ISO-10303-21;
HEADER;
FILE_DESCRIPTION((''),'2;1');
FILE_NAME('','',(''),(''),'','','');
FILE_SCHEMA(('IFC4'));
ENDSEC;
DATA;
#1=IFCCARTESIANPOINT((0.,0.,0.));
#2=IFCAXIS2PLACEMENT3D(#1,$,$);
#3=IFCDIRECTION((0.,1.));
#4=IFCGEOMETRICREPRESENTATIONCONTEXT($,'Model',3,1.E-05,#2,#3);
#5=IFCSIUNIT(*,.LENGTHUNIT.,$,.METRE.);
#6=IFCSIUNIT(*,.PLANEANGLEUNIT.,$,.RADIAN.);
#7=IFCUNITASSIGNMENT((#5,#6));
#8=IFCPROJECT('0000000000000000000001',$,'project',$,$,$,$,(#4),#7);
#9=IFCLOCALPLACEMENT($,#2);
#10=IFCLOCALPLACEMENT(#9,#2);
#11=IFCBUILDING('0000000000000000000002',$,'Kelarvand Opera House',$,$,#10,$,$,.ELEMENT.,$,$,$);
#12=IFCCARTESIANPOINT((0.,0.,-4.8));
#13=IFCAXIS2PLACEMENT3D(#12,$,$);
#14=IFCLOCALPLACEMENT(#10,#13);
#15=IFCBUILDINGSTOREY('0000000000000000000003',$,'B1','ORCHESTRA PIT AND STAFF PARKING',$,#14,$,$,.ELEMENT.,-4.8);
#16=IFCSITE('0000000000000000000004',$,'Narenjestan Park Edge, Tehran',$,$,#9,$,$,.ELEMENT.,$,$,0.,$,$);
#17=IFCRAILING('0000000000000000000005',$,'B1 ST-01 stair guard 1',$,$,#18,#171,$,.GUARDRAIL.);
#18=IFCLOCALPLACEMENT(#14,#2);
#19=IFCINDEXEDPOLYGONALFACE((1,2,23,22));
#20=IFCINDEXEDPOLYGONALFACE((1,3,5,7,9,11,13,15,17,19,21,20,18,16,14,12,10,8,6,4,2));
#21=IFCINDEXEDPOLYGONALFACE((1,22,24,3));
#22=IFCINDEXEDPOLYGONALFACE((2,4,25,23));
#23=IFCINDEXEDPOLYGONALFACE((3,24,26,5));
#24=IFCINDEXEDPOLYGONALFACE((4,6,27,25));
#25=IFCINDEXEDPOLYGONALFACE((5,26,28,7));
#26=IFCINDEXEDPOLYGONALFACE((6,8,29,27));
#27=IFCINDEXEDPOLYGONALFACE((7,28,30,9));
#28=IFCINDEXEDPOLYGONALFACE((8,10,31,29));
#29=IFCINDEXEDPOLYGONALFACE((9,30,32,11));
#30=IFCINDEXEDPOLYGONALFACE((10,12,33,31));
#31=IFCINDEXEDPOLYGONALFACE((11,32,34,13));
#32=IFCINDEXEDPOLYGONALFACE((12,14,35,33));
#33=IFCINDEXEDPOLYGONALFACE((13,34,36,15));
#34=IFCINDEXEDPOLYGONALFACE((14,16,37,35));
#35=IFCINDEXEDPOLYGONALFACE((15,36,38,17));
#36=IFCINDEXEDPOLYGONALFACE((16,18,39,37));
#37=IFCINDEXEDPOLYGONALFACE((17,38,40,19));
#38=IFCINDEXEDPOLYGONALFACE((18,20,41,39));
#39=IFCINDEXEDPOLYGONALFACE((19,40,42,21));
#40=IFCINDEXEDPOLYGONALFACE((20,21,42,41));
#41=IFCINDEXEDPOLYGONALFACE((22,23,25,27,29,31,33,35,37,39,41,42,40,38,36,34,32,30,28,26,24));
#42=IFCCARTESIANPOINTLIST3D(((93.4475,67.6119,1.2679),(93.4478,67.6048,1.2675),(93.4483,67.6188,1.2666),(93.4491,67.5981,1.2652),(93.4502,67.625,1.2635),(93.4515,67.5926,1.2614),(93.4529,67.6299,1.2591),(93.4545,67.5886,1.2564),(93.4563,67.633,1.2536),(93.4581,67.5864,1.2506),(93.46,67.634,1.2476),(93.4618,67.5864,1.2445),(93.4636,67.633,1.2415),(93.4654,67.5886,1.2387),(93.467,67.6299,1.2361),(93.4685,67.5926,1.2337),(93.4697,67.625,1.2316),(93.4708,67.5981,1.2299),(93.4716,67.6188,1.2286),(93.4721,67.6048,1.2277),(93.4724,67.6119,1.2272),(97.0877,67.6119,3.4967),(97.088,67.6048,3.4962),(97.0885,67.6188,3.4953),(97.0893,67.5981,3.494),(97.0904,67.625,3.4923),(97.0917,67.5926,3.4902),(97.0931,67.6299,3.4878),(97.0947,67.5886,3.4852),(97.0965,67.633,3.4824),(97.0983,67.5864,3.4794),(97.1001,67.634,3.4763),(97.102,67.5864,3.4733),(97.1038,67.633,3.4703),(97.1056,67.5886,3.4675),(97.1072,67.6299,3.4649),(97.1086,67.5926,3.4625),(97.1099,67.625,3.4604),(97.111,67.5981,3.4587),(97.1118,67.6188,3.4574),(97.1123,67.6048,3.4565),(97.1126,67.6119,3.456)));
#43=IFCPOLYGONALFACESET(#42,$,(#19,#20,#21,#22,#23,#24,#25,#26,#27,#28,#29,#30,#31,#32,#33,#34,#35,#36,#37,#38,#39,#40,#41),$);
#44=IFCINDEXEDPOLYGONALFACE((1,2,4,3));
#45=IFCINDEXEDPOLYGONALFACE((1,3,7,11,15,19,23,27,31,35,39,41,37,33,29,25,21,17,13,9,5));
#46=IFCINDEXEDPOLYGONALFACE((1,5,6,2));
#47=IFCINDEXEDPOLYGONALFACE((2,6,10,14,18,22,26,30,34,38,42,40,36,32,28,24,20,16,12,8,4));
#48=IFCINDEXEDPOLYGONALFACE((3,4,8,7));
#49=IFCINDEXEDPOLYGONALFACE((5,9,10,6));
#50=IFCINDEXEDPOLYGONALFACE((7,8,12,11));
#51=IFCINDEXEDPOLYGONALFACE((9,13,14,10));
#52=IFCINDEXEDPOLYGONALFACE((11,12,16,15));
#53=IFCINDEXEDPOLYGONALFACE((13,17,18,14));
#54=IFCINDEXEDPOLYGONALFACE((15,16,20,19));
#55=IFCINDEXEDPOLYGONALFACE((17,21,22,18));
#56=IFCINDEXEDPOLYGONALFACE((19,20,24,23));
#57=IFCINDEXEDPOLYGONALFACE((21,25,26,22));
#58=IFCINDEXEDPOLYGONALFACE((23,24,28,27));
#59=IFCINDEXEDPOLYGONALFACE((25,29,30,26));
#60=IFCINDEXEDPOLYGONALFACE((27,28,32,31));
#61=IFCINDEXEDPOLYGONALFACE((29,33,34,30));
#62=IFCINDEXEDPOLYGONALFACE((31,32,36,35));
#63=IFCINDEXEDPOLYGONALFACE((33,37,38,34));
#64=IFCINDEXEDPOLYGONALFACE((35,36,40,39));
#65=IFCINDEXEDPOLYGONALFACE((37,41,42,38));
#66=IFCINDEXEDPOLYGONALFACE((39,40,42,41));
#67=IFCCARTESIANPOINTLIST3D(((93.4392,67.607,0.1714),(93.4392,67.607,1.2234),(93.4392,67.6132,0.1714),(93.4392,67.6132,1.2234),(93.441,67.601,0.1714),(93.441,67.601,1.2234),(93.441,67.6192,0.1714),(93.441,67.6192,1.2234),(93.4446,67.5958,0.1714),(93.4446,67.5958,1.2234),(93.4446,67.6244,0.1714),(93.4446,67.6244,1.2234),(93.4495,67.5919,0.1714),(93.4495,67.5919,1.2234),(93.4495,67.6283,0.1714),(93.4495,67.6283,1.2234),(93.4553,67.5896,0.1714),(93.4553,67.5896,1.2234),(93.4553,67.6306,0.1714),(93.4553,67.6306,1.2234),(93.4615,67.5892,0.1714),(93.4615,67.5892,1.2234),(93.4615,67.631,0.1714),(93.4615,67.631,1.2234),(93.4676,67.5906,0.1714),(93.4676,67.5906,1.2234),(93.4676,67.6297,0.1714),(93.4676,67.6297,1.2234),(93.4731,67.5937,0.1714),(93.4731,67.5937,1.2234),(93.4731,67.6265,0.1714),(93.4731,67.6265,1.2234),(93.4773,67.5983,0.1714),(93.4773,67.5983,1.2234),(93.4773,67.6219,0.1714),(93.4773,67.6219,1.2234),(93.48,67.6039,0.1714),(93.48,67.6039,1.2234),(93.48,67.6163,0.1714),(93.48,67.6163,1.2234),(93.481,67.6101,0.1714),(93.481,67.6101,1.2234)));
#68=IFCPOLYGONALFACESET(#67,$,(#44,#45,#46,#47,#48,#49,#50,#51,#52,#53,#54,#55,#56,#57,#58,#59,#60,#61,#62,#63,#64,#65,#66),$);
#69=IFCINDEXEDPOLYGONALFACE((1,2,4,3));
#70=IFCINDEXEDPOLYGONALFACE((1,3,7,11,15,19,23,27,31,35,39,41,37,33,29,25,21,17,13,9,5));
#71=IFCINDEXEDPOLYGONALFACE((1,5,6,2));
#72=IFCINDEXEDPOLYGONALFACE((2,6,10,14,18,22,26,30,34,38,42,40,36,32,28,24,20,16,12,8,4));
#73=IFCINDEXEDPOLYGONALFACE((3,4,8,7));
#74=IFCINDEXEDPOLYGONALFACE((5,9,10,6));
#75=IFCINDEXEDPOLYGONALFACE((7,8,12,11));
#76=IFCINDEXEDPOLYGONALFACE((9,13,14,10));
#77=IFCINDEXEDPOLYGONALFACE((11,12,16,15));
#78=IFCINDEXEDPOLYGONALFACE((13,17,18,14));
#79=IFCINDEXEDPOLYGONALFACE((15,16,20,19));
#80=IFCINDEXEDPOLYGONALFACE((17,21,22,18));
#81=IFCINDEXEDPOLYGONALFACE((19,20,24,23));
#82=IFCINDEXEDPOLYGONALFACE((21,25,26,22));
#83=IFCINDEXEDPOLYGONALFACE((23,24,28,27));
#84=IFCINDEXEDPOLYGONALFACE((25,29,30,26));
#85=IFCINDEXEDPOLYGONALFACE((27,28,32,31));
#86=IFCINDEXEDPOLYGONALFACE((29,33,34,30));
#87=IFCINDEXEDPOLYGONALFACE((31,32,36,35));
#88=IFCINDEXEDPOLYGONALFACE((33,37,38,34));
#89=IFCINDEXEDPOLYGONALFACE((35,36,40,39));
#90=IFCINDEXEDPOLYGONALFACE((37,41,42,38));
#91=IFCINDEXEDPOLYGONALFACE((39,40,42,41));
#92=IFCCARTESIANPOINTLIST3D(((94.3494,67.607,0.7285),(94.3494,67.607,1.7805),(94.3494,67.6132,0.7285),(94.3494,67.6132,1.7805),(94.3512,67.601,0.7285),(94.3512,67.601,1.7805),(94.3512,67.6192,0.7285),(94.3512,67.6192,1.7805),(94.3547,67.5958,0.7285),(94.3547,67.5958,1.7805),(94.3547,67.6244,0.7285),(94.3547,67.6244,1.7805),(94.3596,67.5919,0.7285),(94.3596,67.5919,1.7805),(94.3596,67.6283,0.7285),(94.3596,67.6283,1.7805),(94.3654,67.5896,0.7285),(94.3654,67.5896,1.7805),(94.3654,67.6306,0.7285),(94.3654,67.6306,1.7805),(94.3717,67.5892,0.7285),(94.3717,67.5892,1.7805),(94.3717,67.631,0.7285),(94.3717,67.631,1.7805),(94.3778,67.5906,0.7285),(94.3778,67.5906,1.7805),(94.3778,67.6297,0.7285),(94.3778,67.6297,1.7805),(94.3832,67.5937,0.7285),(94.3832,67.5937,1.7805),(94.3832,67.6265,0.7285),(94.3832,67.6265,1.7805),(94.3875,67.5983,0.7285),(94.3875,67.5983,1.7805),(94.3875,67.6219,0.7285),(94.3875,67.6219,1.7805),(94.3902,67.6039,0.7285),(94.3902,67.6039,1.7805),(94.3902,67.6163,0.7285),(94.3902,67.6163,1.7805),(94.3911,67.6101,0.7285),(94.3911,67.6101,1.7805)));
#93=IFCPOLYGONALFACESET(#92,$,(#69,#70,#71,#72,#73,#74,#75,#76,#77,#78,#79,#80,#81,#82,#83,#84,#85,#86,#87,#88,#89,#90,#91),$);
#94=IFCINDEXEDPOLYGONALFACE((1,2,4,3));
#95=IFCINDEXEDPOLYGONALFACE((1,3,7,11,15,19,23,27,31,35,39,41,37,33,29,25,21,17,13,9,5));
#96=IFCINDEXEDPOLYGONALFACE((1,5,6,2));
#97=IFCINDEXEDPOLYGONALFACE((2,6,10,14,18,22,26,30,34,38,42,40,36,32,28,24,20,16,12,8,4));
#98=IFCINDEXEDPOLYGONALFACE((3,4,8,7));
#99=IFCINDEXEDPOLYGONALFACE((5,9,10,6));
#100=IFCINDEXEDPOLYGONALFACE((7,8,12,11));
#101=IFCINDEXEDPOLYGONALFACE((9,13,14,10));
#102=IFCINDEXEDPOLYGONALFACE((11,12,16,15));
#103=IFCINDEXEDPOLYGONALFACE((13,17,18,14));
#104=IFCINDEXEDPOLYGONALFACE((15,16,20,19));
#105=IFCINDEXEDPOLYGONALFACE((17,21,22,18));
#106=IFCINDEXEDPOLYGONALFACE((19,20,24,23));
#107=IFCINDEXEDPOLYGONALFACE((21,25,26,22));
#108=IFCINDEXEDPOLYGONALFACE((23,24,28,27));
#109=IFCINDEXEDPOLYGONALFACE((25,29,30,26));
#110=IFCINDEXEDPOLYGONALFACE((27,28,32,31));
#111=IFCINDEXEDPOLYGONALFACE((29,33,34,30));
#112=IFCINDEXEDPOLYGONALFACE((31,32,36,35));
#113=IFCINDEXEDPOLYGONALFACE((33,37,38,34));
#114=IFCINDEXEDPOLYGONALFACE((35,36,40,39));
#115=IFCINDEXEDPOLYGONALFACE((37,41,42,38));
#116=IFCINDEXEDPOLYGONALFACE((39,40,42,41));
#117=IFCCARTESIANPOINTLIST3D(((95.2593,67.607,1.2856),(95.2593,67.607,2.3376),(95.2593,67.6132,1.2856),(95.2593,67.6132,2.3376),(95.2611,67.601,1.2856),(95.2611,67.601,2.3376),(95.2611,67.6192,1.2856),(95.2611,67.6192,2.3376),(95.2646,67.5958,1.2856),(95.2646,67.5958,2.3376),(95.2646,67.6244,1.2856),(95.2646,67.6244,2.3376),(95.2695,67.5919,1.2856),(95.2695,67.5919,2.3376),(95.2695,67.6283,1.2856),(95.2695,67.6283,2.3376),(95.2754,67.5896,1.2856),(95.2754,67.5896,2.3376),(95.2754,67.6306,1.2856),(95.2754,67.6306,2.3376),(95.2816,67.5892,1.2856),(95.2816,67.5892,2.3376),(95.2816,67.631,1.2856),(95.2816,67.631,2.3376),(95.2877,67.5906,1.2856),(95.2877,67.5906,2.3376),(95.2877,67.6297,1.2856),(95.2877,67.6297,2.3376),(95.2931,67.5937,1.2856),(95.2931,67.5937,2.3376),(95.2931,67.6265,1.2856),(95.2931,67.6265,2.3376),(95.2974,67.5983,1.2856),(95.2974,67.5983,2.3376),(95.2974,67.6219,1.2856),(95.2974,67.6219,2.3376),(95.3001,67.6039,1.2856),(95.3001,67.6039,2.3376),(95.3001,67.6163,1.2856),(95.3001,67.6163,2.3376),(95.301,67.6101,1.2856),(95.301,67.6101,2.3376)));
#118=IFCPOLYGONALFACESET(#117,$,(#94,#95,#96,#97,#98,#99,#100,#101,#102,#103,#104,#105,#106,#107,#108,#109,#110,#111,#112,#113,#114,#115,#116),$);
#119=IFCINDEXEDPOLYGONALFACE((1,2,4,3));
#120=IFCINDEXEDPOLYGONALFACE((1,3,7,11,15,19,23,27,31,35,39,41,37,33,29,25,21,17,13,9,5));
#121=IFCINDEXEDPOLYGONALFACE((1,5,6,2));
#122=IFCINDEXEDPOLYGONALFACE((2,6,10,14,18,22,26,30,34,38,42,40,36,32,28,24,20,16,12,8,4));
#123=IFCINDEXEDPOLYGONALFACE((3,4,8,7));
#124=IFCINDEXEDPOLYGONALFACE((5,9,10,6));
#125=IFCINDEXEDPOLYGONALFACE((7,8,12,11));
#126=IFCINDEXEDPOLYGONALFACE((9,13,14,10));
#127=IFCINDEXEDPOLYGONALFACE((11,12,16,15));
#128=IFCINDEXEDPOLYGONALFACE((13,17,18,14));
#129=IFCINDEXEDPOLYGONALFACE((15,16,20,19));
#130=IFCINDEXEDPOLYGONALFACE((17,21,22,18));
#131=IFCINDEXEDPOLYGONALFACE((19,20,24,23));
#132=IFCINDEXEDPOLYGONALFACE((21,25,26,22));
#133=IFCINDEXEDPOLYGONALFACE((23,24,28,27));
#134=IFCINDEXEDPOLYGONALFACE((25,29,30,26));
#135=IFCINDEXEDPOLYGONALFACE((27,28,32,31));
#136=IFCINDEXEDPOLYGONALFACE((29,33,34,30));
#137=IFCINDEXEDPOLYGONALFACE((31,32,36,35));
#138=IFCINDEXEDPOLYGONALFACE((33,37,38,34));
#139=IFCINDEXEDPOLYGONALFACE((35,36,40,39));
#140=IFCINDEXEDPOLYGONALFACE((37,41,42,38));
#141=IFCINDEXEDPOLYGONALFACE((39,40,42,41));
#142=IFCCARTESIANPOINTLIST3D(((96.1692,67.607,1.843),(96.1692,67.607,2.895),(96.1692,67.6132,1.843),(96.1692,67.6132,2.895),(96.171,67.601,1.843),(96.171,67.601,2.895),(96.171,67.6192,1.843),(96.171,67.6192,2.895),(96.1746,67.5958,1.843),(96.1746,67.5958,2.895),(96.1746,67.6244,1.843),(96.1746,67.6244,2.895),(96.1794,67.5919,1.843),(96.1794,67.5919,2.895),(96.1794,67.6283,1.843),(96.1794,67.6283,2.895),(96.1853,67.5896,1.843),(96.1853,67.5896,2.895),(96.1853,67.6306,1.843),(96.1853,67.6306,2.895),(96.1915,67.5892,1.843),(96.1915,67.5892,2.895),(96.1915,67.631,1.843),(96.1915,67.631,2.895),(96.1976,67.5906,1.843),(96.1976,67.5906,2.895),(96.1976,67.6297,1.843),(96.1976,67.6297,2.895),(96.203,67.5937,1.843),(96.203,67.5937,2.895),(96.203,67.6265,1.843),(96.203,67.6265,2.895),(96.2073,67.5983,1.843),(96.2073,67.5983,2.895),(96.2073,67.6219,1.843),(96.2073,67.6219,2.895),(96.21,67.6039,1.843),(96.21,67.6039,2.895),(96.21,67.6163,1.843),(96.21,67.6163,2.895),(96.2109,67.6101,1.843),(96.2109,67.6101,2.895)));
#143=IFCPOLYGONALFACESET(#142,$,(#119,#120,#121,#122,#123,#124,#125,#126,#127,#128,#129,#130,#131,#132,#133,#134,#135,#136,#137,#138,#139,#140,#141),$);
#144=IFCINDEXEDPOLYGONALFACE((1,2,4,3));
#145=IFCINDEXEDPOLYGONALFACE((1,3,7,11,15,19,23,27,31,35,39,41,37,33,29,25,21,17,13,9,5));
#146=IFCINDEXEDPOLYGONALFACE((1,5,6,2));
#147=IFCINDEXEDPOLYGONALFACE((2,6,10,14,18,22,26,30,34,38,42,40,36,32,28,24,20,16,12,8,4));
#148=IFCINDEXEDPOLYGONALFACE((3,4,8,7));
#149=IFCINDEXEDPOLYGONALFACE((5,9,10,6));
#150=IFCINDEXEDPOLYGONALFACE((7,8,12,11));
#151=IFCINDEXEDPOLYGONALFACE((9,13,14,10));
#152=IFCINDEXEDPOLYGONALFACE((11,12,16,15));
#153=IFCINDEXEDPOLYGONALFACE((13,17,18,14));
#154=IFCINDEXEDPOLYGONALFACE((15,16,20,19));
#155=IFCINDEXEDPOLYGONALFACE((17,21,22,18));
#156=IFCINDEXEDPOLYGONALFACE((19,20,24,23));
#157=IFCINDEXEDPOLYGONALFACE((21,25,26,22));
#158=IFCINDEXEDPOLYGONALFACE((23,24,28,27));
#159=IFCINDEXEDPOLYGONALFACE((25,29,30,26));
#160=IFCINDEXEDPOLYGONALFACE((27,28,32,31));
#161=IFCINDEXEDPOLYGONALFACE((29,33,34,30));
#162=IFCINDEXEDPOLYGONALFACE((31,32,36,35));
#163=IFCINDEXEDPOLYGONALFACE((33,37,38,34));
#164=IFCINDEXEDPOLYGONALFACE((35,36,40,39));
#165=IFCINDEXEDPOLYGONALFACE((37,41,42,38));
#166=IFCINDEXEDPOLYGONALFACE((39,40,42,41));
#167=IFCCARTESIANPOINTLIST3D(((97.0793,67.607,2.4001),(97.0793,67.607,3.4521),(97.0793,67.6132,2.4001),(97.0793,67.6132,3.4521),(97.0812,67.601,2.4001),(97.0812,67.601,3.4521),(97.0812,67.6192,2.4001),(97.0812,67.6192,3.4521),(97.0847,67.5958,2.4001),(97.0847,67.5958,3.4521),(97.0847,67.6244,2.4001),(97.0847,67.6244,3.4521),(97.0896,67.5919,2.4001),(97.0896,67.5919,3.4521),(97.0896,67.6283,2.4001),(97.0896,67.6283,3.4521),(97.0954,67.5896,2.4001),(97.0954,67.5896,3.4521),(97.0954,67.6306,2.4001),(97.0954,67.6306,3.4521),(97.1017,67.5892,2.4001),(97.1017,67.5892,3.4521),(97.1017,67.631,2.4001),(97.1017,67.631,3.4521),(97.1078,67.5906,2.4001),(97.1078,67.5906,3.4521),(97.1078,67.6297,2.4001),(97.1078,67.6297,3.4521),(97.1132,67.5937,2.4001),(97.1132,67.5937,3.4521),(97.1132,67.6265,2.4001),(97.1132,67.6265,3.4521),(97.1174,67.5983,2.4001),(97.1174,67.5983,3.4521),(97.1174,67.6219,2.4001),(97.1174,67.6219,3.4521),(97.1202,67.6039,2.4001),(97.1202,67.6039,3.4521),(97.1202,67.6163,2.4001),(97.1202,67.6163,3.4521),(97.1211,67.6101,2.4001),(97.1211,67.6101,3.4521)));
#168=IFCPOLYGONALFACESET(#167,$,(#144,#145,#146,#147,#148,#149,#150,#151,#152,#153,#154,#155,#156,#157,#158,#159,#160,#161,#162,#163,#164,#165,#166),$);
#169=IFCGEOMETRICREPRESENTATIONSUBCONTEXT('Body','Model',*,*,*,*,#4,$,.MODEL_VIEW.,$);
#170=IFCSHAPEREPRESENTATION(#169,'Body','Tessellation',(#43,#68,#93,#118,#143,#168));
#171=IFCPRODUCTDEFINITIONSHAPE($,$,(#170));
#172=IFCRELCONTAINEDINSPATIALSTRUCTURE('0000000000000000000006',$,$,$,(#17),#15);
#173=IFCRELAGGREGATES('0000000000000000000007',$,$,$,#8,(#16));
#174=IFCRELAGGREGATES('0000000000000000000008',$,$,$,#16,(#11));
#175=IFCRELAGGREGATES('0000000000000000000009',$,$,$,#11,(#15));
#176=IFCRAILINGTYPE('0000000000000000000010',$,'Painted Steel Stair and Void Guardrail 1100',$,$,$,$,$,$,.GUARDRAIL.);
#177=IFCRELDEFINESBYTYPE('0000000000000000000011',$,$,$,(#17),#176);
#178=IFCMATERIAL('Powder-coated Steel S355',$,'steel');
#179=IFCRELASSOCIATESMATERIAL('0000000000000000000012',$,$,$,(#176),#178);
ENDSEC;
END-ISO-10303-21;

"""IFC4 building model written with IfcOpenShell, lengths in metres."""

from ifc_helpers import new_model, si_unit, direction, frame, origin, origin_2d, place, context, subcontext, project, spatial, circle, extrude, material, type_object, element, save


model = new_model("IFC4")

# Units and contexts
model_context = context("Model", 3, precision=1e-05, world=origin(), true_north=direction((0.0, 1.0)))
body_context = subcontext(model_context, "Body", "Model", "MODEL_VIEW")
ifc_project = project(units=[si_unit("LENGTHUNIT", "METRE"), si_unit("PLANEANGLEUNIT", "RADIAN")], contexts=[model_context])

# Site, building, storey
site_placement = place(None, origin())
site = spatial("IfcSite", under=ifc_project, at=site_placement, Name="Narenjestan Park Edge, Tehran", CompositionType="ELEMENT", RefElevation=0.0)
building_placement = place(site_placement, origin())
building = spatial("IfcBuilding", under=site, at=building_placement, Name="Kelarvand Opera House", CompositionType="ELEMENT")
storey_placement = place(building_placement, frame((0.0, 0.0, -4.8)))
storey = spatial("IfcBuildingStorey", under=building, at=storey_placement, Name="B1", Description="ORCHESTRA PIT AND STAFF PARKING", CompositionType="ELEMENT", Elevation=-4.8)

# Railing
ifc_material_1 = material(Name="Powder-coated Steel S355", Category="steel")
railing_type_1 = type_object("IfcRailingType", Name="Painted Steel Stair and Void Guardrail 1100", PredefinedType="GUARDRAIL", material=ifc_material_1)
railing_1_placement = place(storey_placement, frame((93.46, 67.6101, 0.1714)))
element("IfcRailing", 1, at=railing_1_placement, inside=storey, type_object=railing_type_1, Name="B1 ST-01 stair guard 1", PredefinedType="GUARDRAIL", context=body_context, shape_type="SweptSolid", body=[
    extrude(circle(Radius=0.0239, at=origin_2d()), frame((0.0, 0.0, 1.0762), z_axis=(0.85284, 0.0, 0.522172), x_axis=(0.0, 1.0, 0.0)), (0.0, 0.0, 1.0), 4.2683),
    extrude(circle(Radius=0.021, at=origin_2d()), origin(), (0.0, 0.0, 1.0), 1.052),
    extrude(circle(Radius=0.021, at=origin_2d()), frame((0.9102, 0.0, 0.5571)), (0.0, 0.0, 1.0), 1.052),
    extrude(circle(Radius=0.021, at=origin_2d()), frame((1.8201, 0.0, 1.1143)), (0.0, 0.0, 1.0), 1.052),
    extrude(circle(Radius=0.021, at=origin_2d()), frame((2.73, 0.0, 1.6716)), (0.0, 0.0, 1.0), 1.052),
    extrude(circle(Radius=0.021, at=origin_2d()), frame((3.6401, 0.0, 2.2288)), (0.0, 0.0, 1.0), 1.052),
])

save(model, "model.ifc")
